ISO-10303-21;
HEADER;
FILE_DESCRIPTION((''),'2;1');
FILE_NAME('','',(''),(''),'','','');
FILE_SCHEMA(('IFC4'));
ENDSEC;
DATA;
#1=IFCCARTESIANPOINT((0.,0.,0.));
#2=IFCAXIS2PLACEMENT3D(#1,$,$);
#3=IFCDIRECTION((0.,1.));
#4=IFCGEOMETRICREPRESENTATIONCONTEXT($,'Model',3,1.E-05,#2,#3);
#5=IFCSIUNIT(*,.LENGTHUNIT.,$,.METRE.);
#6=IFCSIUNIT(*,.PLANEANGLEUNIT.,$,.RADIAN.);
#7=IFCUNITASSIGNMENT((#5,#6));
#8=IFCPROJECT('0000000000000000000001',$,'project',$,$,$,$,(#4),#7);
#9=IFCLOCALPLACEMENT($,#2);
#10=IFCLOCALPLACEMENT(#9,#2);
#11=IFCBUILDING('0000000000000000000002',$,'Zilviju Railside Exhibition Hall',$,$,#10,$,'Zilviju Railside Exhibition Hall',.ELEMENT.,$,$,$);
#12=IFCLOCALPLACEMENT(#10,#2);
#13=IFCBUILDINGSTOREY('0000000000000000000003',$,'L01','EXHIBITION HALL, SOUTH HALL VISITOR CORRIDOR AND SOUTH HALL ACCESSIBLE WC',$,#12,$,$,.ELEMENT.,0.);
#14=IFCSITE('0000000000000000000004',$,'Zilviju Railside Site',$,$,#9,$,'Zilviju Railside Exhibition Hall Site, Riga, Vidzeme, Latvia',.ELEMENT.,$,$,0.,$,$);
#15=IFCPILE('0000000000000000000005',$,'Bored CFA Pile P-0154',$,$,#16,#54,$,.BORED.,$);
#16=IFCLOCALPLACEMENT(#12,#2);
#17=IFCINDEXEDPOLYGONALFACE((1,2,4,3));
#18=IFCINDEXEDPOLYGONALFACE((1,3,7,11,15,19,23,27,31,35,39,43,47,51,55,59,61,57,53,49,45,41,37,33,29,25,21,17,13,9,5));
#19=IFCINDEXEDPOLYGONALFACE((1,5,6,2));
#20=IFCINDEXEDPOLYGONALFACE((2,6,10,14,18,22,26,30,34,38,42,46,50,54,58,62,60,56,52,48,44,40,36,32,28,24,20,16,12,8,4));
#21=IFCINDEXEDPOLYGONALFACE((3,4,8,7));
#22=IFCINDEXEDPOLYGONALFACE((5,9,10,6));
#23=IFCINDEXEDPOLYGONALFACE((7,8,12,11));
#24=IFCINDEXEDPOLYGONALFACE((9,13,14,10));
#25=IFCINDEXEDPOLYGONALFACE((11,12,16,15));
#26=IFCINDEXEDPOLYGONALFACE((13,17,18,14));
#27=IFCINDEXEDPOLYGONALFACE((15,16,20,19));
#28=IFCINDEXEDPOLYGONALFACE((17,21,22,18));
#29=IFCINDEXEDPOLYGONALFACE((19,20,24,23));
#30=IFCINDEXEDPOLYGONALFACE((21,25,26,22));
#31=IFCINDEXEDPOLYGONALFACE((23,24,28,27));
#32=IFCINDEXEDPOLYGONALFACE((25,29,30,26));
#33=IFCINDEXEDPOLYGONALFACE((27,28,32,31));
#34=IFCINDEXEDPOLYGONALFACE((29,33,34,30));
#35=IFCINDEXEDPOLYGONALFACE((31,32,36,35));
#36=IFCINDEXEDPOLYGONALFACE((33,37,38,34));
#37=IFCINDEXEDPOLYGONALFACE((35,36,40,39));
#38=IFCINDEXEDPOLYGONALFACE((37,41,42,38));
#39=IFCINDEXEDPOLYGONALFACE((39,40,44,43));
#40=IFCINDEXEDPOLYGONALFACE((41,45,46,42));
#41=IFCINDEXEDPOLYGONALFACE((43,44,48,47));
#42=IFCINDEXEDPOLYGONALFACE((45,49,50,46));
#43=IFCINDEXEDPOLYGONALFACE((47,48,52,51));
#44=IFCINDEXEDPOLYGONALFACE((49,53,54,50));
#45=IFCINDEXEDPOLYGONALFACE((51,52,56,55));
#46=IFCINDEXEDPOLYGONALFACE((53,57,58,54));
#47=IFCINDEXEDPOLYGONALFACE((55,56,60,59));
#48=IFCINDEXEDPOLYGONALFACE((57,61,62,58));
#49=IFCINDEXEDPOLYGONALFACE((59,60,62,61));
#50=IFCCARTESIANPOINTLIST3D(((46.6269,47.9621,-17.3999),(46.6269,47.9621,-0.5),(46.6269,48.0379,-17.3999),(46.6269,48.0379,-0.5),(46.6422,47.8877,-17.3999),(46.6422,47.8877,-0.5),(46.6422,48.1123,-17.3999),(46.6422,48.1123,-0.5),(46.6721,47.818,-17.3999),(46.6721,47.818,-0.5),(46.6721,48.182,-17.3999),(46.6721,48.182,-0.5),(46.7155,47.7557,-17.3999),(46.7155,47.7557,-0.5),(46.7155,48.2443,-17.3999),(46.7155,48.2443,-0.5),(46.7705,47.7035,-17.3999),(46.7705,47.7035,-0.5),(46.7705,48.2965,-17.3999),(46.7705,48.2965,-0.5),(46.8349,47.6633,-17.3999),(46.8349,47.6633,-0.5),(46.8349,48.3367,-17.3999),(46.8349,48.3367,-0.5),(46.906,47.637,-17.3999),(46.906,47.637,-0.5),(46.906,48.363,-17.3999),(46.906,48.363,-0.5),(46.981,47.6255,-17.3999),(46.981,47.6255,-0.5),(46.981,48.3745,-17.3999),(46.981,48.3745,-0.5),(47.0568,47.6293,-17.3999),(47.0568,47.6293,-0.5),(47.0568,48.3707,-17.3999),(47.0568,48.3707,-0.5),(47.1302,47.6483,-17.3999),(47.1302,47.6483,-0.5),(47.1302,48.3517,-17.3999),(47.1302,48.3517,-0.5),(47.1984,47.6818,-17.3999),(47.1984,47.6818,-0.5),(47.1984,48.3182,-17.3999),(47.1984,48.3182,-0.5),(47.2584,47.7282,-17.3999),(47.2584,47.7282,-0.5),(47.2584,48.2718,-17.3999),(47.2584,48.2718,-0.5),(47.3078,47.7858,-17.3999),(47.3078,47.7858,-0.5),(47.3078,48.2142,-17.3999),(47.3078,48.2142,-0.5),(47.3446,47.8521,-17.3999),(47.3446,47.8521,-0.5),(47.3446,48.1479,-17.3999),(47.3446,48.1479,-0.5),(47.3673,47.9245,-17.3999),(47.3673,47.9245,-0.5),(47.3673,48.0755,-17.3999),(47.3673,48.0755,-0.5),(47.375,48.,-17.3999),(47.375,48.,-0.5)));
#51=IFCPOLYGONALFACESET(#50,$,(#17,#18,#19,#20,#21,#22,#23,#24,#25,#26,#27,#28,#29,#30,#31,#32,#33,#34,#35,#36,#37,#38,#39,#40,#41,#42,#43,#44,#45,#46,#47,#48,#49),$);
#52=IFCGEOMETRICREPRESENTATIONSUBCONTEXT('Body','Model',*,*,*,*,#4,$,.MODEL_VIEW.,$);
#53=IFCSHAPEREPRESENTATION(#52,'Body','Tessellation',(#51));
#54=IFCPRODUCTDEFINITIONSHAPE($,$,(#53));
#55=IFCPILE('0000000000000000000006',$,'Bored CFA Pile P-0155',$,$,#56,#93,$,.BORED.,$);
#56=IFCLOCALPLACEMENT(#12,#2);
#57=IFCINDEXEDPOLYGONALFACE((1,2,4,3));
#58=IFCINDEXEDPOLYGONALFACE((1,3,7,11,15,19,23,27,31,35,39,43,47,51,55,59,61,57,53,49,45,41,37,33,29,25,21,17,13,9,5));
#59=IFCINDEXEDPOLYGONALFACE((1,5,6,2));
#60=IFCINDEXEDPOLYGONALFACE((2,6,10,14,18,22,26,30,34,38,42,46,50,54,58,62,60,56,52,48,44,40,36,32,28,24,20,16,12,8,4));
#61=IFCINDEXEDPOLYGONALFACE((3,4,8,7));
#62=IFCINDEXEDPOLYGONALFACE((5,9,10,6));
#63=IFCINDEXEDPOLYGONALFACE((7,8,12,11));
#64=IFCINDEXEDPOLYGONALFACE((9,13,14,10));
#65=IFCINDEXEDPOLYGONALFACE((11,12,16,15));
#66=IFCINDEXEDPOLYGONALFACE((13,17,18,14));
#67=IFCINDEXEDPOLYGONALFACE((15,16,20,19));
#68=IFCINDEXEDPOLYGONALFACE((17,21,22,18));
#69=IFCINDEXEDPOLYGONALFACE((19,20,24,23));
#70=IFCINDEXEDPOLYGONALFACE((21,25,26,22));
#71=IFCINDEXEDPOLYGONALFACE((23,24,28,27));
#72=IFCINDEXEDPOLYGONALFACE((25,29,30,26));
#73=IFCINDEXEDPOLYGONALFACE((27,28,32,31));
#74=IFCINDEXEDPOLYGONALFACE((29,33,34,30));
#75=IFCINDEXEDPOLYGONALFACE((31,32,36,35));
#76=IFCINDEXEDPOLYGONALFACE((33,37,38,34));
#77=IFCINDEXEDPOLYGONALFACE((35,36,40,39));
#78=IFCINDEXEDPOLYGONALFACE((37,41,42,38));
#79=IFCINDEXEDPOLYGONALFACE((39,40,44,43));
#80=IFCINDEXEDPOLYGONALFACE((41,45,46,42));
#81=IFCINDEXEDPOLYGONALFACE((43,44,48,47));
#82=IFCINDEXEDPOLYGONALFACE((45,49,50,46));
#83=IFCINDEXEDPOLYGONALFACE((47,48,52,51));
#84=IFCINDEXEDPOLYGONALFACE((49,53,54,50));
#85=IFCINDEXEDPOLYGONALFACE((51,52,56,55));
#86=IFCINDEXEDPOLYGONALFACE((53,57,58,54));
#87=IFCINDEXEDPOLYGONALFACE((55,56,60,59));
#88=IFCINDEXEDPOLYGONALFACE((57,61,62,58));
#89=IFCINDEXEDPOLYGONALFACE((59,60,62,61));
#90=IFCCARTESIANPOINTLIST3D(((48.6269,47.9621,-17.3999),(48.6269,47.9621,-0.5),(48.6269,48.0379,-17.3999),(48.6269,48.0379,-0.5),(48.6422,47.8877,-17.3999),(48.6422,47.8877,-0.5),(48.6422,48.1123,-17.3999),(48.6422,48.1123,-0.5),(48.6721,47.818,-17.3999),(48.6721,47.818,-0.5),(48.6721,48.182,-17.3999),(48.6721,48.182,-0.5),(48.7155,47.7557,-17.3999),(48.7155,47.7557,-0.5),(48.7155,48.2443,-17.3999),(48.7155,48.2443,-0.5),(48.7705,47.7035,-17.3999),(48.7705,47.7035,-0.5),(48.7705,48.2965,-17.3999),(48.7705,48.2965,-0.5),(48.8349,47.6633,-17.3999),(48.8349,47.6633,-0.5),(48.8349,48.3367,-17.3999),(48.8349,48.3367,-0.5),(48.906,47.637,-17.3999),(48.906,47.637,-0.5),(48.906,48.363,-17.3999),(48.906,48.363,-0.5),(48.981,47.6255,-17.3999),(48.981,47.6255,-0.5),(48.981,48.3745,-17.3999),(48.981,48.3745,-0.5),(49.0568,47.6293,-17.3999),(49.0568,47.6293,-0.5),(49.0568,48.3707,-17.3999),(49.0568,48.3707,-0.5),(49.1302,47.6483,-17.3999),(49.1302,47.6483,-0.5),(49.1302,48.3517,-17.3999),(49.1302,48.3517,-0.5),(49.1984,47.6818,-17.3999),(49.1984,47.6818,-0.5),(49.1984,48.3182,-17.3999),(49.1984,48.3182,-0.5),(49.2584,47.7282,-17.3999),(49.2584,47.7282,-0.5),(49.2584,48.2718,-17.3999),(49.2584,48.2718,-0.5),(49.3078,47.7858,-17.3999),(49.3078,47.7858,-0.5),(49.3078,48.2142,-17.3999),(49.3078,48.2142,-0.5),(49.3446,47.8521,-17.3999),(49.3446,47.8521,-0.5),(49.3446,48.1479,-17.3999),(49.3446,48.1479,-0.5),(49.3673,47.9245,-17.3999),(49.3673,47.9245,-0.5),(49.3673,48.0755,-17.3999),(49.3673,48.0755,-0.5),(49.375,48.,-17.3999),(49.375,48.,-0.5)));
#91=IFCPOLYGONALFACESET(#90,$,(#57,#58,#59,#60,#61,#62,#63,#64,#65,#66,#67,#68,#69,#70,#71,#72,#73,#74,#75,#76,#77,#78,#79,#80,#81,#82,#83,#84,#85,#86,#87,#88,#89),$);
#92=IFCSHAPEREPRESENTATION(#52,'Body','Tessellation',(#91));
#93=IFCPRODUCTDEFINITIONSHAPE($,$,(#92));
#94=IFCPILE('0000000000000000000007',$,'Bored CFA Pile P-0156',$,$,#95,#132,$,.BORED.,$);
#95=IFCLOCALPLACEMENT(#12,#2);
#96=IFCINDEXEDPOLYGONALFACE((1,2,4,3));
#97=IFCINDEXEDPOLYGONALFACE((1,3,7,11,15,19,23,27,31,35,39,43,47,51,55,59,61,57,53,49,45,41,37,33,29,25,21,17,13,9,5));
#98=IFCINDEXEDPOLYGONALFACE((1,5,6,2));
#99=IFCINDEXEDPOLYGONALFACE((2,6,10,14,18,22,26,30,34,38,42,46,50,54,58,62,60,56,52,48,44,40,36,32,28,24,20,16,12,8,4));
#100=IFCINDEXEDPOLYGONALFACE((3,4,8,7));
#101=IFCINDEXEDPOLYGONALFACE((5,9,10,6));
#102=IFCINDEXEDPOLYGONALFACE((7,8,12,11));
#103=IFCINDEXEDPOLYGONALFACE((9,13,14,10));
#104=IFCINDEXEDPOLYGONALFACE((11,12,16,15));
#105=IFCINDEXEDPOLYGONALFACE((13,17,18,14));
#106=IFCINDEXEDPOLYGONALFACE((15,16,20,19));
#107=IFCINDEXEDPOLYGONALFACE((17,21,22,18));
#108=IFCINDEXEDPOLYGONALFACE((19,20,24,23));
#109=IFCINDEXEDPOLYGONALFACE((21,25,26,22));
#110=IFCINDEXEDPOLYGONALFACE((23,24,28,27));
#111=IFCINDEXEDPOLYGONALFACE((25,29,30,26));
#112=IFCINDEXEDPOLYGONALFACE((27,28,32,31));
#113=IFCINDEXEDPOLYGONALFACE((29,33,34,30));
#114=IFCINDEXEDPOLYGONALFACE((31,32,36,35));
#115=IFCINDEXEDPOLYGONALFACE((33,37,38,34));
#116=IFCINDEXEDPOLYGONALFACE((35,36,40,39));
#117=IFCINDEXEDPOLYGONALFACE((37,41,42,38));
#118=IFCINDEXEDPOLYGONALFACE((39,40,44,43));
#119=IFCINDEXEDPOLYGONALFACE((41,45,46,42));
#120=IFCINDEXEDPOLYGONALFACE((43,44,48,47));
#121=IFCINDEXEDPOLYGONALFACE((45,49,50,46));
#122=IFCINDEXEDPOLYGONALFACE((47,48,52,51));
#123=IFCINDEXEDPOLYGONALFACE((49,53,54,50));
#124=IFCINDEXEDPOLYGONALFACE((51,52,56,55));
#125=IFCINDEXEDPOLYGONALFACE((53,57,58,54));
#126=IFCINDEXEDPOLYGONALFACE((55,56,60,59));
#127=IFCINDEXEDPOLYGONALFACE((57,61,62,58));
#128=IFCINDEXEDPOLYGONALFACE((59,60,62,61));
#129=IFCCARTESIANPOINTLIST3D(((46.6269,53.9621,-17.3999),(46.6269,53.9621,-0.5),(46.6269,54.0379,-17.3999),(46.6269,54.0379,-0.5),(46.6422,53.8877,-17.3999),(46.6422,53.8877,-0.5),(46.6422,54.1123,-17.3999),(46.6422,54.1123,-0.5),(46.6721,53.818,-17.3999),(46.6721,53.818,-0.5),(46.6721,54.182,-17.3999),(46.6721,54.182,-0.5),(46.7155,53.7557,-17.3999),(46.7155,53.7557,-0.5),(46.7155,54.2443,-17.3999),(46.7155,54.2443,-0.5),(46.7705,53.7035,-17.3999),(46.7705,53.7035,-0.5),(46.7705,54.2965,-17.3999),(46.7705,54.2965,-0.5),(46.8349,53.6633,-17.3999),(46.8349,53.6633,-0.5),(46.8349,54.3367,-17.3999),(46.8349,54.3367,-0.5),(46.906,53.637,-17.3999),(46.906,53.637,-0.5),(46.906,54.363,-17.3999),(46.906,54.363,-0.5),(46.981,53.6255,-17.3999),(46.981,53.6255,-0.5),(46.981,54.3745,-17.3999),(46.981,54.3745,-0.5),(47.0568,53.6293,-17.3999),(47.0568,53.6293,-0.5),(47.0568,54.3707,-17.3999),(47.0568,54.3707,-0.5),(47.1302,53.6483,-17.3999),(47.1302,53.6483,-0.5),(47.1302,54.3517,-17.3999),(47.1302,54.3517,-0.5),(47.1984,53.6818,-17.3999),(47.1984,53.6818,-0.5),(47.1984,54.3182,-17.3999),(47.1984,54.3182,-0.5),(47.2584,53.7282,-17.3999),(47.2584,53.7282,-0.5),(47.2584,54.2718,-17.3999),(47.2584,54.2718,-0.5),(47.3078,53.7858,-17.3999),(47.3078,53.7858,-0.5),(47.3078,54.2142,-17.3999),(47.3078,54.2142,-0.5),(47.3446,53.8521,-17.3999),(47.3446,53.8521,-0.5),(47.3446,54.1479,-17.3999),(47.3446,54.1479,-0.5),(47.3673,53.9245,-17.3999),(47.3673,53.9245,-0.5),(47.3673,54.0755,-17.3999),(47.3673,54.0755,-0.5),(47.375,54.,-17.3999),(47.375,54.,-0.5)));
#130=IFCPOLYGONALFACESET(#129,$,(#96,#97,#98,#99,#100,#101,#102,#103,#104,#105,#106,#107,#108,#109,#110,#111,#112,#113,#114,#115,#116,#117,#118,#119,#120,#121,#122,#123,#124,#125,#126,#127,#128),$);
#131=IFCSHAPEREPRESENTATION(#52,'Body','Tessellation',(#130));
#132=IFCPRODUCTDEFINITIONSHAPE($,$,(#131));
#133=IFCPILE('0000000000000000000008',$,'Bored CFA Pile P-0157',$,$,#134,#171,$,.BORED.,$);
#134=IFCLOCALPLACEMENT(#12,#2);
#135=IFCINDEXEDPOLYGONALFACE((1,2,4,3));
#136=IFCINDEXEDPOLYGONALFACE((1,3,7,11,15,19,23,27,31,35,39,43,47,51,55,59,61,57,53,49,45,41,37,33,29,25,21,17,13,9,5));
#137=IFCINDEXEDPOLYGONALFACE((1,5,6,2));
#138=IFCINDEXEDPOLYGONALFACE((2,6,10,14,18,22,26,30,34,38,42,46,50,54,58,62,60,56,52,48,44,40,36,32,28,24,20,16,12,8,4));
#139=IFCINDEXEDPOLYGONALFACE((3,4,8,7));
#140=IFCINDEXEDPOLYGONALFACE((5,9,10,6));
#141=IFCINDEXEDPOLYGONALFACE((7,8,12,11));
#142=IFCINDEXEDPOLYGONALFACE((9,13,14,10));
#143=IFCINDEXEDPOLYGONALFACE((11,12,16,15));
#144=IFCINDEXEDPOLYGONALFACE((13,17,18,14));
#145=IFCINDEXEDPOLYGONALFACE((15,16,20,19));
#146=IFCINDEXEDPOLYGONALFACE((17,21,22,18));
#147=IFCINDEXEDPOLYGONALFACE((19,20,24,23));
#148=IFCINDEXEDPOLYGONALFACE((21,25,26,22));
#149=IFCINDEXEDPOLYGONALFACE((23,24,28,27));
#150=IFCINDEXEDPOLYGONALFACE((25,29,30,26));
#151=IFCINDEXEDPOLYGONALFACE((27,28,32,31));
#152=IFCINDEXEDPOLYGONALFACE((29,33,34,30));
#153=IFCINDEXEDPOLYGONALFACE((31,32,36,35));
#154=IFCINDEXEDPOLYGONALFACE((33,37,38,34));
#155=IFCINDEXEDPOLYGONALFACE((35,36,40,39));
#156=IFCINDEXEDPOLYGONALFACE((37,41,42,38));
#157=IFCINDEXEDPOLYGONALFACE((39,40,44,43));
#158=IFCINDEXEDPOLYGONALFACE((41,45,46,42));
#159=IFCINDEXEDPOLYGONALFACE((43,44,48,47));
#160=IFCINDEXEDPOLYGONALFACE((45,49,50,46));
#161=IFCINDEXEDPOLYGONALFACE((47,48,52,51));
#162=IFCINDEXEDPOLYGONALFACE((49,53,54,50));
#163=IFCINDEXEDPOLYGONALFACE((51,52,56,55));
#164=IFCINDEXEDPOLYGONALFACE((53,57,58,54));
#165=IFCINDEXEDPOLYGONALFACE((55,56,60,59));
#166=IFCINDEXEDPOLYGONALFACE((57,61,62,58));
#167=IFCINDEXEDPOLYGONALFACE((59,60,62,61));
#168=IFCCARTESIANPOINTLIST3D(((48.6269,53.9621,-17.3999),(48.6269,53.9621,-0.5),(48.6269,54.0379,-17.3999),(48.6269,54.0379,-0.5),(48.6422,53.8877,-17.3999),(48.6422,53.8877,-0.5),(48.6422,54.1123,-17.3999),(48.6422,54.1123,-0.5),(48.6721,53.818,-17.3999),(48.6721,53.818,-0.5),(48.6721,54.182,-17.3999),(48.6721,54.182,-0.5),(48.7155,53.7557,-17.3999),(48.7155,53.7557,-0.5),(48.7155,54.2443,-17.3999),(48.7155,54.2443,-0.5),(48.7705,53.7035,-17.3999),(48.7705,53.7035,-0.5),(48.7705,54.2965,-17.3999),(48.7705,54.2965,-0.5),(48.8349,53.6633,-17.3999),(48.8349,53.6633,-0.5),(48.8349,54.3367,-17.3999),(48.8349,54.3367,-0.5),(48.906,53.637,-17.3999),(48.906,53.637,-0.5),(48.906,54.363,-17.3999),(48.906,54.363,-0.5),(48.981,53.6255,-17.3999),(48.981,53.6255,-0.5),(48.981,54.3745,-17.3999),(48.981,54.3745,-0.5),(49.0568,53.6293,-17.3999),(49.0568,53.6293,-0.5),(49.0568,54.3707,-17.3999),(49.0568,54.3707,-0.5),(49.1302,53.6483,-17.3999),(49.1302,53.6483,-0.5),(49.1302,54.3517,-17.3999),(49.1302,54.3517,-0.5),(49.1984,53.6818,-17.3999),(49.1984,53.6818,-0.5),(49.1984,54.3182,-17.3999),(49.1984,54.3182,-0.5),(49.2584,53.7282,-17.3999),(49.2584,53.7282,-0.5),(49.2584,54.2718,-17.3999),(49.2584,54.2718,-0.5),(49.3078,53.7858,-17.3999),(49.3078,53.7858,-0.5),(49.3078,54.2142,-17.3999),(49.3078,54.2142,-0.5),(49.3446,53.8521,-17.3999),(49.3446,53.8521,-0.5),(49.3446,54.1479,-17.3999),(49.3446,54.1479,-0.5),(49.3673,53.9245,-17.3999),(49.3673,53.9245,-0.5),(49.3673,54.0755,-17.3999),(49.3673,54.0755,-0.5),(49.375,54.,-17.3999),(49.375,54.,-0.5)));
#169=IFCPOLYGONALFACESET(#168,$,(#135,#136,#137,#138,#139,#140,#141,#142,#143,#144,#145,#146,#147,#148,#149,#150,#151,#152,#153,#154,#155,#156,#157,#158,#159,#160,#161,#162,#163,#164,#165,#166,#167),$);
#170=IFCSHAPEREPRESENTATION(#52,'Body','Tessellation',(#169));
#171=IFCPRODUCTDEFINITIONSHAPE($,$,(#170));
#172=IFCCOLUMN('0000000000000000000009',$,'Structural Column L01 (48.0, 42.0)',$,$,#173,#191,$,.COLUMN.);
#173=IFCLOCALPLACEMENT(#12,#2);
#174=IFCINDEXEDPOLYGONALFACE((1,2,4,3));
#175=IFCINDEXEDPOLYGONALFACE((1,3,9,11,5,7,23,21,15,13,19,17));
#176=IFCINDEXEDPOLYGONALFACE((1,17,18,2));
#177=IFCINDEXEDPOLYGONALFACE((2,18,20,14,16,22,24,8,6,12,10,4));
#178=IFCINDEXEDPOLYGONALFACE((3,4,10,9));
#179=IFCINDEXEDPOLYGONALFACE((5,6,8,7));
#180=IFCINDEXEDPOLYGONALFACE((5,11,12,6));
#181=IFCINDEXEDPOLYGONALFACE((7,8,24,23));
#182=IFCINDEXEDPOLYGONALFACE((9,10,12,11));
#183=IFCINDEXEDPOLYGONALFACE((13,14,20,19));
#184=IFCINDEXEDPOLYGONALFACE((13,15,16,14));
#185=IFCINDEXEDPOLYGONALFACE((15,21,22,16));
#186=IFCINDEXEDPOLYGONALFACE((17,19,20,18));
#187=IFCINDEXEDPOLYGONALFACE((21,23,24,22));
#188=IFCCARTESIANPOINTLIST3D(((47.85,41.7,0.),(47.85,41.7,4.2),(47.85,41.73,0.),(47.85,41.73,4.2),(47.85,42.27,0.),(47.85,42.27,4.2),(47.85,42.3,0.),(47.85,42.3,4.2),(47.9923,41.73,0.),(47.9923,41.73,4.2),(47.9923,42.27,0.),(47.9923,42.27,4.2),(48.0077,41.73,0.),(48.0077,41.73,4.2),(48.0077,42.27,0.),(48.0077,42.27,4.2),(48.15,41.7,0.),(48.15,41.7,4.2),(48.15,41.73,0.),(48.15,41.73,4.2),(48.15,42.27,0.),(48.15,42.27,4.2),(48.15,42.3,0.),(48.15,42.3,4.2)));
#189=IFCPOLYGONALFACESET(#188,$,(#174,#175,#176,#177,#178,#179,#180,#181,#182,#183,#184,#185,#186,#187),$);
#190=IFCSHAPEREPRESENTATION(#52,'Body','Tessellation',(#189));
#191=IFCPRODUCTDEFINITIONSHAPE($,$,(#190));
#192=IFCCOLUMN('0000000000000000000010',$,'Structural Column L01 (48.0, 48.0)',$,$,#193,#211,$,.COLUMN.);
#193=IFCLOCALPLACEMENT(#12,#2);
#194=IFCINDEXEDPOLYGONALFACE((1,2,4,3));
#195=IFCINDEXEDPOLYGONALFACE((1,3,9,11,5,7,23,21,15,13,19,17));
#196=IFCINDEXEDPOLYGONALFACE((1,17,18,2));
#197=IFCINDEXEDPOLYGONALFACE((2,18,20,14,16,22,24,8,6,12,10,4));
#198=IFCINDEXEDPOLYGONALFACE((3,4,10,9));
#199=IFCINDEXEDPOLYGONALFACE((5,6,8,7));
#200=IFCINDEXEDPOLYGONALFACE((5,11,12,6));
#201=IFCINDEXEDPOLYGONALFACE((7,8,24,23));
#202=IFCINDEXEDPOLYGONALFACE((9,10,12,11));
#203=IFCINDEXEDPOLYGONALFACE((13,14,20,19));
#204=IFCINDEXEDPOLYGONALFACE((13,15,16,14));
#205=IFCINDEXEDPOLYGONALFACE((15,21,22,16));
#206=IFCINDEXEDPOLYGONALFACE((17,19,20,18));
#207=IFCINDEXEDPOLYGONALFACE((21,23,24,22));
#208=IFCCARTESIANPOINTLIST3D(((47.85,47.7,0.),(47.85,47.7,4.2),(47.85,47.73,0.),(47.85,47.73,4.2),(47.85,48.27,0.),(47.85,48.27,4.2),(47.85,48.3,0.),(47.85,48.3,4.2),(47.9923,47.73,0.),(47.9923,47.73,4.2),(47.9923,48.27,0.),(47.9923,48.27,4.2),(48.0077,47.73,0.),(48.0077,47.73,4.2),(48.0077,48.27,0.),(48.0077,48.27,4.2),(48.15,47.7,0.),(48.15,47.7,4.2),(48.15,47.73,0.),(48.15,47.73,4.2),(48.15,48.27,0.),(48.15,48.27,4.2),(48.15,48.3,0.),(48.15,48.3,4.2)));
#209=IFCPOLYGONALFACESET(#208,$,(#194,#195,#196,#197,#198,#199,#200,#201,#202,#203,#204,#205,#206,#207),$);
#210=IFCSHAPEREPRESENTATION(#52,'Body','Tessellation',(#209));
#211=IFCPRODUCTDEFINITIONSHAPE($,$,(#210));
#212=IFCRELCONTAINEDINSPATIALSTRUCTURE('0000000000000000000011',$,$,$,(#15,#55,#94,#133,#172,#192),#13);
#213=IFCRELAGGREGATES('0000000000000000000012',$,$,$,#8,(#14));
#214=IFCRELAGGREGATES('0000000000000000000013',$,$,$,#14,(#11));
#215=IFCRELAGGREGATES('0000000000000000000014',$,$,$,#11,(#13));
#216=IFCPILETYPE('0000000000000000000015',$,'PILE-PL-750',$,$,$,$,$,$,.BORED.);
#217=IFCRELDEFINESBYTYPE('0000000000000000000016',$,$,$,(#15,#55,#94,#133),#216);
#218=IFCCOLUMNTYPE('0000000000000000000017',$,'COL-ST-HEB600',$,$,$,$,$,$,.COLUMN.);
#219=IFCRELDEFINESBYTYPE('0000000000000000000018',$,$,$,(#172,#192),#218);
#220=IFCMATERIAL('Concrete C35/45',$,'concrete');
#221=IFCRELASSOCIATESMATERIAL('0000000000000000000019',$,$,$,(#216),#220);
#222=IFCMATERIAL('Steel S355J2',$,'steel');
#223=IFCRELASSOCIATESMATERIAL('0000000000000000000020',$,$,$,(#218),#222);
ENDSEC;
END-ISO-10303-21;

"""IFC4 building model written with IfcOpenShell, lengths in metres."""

from ifc_helpers import new_model, si_unit, direction, frame, origin, origin_2d, place, context, subcontext, project, spatial, circle, i_section, extrude, material, material_profile, profile_set, type_object, element, save


model = new_model("IFC4")

# Units and contexts
model_context = context("Model", 3, precision=1e-05, world=origin(), true_north=direction((0.0, 1.0)))
body_context = subcontext(model_context, "Body", "Model", "MODEL_VIEW")
ifc_project = project(units=[si_unit("LENGTHUNIT", "METRE"), si_unit("PLANEANGLEUNIT", "RADIAN")], contexts=[model_context])

# Site, building, storey
site_placement = place(None, origin())
site = spatial("IfcSite", under=ifc_project, at=site_placement, Name="Zilviju Railside Site", LongName="Zilviju Railside Exhibition Hall Site, Riga, Vidzeme, Latvia", CompositionType="ELEMENT", RefElevation=0.0)
building_placement = place(site_placement, origin())
building = spatial("IfcBuilding", under=site, at=building_placement, Name="Zilviju Railside Exhibition Hall", LongName="Zilviju Railside Exhibition Hall", CompositionType="ELEMENT")
storey_placement = place(building_placement, origin())
storey = spatial("IfcBuildingStorey", under=building, at=storey_placement, Name="L01", Description="EXHIBITION HALL, SOUTH HALL VISITOR CORRIDOR AND SOUTH HALL ACCESSIBLE WC", CompositionType="ELEMENT", Elevation=0.0)

# Shared definitions
ifc_material_1 = material(Name="Concrete C35/45", Category="concrete")

# Piles
ifc_material_profile_1 = material_profile(ifc_material_1, circle(Radius=0.375, at=origin_2d()), Name="CFA PILE D750")
ifc_profile_set_1 = profile_set([ifc_material_profile_1], Name="Concrete C35/45")
pile_type = type_object("IfcPileType", Name="PILE-PL-750", PredefinedType="BORED", material=ifc_profile_set_1)
for number, where, z_axis, x_axis, name in (
    (1, (47.0, 48.0, -0.5), (0.0, 0.0, -1.0), (1.0, 0.0, 0.0), "Bored CFA Pile P-0154"),
    (2, (49.0, 48.0, -0.5), (0.0, 0.0, -1.0), (1.0, 0.0, 0.0), "Bored CFA Pile P-0155"),
    (3, (47.0, 54.0, -0.5), (0.0, 0.0, -1.0), (1.0, 0.0, 0.0), "Bored CFA Pile P-0156"),
    (4, (49.0, 54.0, -0.5), (0.0, 0.0, -1.0), (1.0, 0.0, 0.0), "Bored CFA Pile P-0157"),
):
    element("IfcPile", number, at=place(storey_placement, frame(where, z_axis=z_axis, x_axis=x_axis)), inside=storey, type_object=pile_type, Name=name, PredefinedType="BORED", context=body_context, shape_type="SweptSolid", body=[
        extrude(circle(Radius=0.375, at=origin_2d()), origin(), (0.0, 0.0, 1.0), 16.8999),
    ])

# Columns
ifc_material_2 = material(Name="Steel S355J2", Category="steel")
ifc_material_profile_2 = material_profile(ifc_material_2, i_section(OverallWidth=0.3, OverallDepth=0.6001, WebThickness=0.0154, FlangeThickness=0.03, at=origin_2d()), Name="HEB 600")
ifc_profile_set_2 = profile_set([ifc_material_profile_2], Name="Steel S355J2")
column_type = type_object("IfcColumnType", Name="COL-ST-HEB600", PredefinedType="COLUMN", material=ifc_profile_set_2)
for number, where, z_axis, x_axis, name in (
    (5, (48.0, 42.0, 0.0), (0.0, 0.0, 1.0), (1.0, 0.0, 0.0), "Structural Column L01 (48.0, 42.0)"),
    (6, (48.0, 48.0, 0.0), (0.0, 0.0, 1.0), (1.0, 0.0, 0.0), "Structural Column L01 (48.0, 48.0)"),
):
    element("IfcColumn", number, at=place(storey_placement, frame(where, z_axis=z_axis, x_axis=x_axis)), inside=storey, type_object=column_type, Name=name, PredefinedType="COLUMN", context=body_context, shape_type="SweptSolid", body=[
        extrude(i_section(OverallWidth=0.3, OverallDepth=0.6001, WebThickness=0.0154, FlangeThickness=0.03, at=origin_2d()), origin(), (0.0, 0.0, 1.0), 4.2),
    ])

save(model, "model.ifc")
